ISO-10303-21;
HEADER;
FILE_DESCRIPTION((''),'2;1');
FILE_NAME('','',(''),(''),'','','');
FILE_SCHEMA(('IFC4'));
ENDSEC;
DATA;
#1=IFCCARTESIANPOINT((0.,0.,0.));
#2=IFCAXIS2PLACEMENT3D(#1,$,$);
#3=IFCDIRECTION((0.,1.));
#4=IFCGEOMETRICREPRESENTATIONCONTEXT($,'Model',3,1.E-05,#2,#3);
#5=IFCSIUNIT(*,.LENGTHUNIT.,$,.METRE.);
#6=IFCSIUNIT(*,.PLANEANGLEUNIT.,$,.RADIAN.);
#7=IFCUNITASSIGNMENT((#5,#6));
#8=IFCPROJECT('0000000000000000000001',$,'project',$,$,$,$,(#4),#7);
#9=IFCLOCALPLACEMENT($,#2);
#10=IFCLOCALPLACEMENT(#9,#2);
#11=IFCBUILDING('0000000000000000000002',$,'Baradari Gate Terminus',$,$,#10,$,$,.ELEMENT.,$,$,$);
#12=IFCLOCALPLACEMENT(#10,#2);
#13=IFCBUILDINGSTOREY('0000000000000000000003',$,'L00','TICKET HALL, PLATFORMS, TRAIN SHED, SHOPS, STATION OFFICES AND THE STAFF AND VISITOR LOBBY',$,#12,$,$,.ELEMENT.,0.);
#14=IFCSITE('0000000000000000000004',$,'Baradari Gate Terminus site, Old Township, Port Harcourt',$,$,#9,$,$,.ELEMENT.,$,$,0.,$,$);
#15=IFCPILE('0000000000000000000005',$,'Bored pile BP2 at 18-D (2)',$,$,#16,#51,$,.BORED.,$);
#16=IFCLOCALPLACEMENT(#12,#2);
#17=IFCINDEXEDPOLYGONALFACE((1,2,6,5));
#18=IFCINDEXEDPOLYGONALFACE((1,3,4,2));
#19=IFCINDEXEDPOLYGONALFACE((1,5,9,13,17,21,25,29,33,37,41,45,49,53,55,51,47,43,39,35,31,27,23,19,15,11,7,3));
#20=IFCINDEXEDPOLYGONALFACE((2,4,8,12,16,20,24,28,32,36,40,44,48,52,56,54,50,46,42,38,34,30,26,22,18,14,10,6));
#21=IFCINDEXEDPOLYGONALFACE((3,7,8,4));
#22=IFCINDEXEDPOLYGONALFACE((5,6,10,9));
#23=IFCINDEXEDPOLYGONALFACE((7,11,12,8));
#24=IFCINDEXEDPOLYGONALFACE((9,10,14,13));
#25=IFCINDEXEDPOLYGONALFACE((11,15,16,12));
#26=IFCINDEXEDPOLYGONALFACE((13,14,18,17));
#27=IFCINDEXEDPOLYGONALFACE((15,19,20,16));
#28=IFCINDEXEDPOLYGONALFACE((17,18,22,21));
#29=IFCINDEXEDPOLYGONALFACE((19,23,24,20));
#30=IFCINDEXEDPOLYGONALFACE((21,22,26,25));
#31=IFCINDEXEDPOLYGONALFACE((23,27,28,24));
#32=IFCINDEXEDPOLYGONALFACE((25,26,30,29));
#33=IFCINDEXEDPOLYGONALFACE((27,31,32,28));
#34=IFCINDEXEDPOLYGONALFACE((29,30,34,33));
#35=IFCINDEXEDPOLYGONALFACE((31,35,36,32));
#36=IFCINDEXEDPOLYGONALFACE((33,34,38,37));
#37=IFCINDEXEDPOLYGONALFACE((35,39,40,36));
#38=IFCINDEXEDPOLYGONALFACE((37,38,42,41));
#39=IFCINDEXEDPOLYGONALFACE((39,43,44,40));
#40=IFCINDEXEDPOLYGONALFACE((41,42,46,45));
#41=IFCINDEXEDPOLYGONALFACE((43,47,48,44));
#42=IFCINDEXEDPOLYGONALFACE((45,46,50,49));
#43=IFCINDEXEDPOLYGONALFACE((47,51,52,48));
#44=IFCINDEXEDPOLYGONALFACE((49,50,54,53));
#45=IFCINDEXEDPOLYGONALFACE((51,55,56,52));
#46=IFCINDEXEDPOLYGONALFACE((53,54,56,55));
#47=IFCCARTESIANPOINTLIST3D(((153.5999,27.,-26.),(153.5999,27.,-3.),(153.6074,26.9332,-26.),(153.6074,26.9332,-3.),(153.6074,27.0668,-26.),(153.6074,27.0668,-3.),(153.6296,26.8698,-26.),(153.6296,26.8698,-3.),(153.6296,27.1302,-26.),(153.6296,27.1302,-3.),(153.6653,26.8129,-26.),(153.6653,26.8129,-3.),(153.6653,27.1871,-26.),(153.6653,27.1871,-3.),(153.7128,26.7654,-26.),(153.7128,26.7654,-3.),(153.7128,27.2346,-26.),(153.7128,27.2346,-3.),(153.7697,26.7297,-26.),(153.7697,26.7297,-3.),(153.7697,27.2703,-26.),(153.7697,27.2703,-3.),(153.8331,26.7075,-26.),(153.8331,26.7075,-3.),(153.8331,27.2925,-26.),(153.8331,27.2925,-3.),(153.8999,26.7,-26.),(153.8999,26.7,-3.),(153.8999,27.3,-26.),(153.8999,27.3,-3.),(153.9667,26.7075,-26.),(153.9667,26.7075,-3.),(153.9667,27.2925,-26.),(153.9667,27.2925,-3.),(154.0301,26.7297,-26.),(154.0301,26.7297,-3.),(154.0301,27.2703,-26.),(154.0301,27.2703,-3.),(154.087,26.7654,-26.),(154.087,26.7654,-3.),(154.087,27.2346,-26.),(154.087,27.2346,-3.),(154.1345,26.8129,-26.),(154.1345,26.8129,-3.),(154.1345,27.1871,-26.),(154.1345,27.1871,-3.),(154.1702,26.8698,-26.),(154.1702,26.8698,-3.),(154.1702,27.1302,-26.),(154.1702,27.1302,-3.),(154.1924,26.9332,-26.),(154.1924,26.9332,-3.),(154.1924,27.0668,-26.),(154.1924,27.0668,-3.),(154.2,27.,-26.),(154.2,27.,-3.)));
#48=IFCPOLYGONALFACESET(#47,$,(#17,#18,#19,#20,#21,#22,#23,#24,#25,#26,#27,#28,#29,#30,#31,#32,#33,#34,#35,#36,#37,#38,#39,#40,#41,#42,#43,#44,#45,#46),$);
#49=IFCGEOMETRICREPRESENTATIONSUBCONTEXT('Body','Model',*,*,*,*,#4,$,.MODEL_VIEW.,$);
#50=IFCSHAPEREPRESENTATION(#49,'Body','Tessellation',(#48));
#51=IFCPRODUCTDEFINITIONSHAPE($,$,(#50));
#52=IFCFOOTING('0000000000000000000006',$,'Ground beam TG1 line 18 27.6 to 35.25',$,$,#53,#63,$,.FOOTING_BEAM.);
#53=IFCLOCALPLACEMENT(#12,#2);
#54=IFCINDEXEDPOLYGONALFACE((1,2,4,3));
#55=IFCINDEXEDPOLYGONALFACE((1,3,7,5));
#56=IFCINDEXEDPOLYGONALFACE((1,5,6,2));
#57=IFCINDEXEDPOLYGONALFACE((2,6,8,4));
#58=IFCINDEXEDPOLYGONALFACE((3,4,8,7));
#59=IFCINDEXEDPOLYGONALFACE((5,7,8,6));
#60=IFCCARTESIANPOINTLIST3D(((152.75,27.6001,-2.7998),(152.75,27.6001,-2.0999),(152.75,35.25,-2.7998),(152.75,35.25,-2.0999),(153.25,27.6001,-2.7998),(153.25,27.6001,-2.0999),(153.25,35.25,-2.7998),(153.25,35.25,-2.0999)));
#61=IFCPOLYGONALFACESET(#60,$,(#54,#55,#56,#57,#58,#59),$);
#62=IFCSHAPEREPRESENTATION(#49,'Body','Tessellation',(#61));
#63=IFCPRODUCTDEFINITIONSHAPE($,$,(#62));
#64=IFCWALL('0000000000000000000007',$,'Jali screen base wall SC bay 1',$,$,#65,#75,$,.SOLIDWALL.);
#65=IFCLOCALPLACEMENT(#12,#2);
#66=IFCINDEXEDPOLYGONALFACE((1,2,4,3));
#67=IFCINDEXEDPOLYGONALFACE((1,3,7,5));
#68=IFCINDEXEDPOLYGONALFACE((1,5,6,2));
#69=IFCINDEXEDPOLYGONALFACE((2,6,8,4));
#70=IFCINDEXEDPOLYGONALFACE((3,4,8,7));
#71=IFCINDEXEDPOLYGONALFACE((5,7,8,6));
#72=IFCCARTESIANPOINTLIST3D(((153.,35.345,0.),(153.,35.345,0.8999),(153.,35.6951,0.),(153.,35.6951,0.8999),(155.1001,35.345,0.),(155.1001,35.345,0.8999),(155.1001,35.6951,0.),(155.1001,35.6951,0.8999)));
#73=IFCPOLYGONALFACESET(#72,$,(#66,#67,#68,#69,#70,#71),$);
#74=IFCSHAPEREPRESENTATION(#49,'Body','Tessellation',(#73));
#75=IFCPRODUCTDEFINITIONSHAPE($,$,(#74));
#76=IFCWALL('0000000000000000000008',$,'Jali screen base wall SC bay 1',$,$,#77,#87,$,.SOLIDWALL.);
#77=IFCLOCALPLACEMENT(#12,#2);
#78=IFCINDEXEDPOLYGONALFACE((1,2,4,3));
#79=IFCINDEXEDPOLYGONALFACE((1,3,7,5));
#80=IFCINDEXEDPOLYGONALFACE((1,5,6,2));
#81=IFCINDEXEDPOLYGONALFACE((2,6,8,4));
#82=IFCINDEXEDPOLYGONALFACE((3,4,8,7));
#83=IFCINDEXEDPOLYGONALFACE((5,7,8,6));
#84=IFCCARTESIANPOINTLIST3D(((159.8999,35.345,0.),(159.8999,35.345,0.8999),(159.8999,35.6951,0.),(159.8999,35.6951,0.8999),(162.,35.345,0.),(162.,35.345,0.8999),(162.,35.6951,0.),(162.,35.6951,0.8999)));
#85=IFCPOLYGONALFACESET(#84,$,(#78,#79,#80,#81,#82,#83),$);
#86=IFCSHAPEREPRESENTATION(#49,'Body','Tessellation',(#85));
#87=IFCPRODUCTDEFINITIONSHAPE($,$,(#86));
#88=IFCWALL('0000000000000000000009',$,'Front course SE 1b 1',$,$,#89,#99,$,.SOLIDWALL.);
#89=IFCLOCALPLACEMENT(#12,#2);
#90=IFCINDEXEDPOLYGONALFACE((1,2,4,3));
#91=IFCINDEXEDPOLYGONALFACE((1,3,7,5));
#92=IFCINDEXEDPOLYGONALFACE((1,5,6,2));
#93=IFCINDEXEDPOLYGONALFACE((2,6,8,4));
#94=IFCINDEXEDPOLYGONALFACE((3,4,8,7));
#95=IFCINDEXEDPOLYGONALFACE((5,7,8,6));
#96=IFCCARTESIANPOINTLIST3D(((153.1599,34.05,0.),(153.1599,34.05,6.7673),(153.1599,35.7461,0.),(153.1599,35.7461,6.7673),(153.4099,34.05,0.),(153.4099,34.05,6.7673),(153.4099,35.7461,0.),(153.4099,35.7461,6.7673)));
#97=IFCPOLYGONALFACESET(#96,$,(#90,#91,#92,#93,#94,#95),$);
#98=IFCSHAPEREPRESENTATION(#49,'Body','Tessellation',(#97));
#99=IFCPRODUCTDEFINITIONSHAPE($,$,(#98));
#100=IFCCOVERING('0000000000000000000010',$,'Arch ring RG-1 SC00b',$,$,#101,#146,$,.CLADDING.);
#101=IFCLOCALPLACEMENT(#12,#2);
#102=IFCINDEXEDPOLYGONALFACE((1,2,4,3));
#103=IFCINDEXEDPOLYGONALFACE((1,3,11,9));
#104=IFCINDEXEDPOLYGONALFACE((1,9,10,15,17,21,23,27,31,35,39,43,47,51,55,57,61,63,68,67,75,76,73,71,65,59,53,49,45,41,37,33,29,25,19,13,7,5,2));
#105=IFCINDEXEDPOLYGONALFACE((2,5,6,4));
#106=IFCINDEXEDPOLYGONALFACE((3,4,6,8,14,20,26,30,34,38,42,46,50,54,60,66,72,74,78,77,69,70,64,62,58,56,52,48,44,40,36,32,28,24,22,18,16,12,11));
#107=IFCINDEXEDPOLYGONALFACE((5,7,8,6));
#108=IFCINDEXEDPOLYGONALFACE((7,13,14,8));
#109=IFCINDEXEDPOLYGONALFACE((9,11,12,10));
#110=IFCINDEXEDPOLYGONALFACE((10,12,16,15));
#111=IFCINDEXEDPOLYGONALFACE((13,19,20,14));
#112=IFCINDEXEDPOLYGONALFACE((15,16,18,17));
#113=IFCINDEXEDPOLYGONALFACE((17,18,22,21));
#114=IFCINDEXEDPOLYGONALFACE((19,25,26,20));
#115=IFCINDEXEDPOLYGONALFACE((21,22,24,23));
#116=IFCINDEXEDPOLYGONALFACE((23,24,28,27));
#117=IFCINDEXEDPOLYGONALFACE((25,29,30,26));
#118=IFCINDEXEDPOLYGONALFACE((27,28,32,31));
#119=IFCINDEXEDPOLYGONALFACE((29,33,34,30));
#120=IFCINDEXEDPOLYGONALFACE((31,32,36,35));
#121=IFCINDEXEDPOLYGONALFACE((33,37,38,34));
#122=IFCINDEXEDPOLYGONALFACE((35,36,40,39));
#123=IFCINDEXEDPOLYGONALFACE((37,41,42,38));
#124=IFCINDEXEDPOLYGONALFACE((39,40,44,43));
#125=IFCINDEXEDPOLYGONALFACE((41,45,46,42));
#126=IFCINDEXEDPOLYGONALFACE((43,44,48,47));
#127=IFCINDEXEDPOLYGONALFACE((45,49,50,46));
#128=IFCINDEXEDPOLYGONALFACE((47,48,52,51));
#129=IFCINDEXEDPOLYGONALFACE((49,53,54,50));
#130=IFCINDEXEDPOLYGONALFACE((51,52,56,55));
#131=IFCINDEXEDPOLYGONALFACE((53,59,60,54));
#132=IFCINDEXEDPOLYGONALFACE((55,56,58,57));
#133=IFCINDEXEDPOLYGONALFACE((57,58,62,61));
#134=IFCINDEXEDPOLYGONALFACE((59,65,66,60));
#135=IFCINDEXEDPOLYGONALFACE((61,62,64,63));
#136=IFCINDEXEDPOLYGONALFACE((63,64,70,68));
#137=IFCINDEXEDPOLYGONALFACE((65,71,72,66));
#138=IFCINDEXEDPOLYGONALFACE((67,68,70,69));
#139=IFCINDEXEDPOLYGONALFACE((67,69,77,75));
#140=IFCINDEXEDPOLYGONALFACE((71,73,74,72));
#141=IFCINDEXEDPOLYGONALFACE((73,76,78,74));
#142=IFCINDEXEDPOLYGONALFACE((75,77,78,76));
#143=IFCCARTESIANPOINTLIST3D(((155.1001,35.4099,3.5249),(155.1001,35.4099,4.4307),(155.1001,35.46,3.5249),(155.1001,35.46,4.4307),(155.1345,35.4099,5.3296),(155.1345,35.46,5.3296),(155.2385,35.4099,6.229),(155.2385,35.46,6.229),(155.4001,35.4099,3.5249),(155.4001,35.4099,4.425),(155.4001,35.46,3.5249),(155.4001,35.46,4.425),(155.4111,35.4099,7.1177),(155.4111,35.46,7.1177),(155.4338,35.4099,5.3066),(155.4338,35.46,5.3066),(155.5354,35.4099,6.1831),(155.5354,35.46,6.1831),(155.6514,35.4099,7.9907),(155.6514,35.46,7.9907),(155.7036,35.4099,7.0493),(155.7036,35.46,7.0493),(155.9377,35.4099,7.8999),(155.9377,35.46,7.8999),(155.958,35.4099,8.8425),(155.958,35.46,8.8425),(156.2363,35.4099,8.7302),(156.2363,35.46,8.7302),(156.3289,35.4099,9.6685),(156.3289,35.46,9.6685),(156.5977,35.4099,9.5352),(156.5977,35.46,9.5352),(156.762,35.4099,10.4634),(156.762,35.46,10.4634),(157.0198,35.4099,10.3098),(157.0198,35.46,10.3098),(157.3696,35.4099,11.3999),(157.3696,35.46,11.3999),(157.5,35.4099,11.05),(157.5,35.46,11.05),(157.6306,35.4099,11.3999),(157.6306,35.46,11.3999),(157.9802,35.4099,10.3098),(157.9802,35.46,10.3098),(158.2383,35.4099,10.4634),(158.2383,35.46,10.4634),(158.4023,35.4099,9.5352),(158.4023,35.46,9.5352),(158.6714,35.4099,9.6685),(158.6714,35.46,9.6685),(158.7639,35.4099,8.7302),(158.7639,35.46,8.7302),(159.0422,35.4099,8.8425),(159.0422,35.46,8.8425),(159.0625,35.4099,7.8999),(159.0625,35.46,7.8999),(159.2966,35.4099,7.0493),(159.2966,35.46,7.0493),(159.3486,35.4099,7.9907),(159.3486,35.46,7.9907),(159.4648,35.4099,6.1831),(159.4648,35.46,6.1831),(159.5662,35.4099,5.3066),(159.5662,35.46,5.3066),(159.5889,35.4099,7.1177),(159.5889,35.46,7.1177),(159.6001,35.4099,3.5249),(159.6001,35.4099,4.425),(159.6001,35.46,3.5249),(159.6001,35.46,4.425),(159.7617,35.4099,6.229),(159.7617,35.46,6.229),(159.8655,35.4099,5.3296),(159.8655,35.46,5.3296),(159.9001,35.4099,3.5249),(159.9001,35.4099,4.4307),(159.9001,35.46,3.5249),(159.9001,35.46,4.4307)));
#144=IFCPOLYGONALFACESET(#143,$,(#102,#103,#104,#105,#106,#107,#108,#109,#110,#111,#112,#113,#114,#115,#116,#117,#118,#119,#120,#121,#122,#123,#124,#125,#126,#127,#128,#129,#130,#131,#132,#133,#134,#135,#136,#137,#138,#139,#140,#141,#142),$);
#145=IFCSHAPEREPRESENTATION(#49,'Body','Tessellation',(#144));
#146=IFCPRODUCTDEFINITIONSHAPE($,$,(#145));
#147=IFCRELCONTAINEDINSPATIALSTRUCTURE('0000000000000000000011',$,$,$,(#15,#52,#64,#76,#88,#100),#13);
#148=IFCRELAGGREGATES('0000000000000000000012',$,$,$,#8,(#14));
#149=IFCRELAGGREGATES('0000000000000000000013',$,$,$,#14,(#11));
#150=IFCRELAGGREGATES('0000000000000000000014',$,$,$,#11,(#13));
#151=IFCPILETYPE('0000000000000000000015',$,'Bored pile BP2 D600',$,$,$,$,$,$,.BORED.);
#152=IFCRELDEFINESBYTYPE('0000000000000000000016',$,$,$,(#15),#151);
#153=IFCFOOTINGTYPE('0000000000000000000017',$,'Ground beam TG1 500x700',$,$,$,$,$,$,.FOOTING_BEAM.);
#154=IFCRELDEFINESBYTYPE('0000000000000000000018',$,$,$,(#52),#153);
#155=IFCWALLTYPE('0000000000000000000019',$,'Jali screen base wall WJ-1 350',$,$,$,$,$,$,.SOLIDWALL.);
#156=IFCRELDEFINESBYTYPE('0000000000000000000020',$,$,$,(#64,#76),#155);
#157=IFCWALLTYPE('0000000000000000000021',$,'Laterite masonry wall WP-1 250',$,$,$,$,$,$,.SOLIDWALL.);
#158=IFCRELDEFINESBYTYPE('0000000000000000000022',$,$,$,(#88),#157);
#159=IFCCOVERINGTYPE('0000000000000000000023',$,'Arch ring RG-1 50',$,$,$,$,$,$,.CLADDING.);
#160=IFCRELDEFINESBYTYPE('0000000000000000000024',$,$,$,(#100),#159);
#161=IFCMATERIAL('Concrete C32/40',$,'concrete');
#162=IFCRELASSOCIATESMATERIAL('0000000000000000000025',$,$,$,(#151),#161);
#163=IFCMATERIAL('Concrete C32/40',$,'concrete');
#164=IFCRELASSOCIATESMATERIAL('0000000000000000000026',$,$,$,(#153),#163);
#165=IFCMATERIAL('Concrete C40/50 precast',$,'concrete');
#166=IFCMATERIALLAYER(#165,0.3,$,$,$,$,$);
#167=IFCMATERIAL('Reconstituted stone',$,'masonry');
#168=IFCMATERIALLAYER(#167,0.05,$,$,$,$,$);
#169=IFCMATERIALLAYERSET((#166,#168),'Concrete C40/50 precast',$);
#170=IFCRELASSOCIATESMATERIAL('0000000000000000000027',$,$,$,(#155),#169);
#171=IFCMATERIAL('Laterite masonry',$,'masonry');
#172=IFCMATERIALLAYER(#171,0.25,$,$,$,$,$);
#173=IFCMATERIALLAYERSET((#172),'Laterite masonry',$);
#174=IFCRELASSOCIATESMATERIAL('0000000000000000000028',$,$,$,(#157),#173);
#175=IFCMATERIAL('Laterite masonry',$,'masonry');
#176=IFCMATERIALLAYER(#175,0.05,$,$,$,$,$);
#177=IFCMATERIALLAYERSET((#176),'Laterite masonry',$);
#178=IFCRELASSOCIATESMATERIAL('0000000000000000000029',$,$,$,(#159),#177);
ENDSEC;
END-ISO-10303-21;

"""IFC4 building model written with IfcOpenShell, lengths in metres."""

from ifc_helpers import new_model, si_unit, direction, frame, frame_2d, origin, origin_2d, place, context, subcontext, project, spatial, polyline, rectangle, circle, outline, extrude, material, layer, layer_set, type_object, element, save


model = new_model("IFC4")

# Units and contexts
model_context = context("Model", 3, precision=1e-05, world=origin(), true_north=direction((0.0, 1.0)))
body_context = subcontext(model_context, "Body", "Model", "MODEL_VIEW")
ifc_project = project(units=[si_unit("LENGTHUNIT", "METRE"), si_unit("PLANEANGLEUNIT", "RADIAN")], contexts=[model_context])

# Site, building, storey
site_placement = place(None, origin())
site = spatial("IfcSite", under=ifc_project, at=site_placement, Name="Baradari Gate Terminus site, Old Township, Port Harcourt", CompositionType="ELEMENT", RefElevation=0.0)
building_placement = place(site_placement, origin())
building = spatial("IfcBuilding", under=site, at=building_placement, Name="Baradari Gate Terminus", CompositionType="ELEMENT")
storey_placement = place(building_placement, origin())
storey = spatial("IfcBuildingStorey", under=building, at=storey_placement, Name="L00", Description="TICKET HALL, PLATFORMS, TRAIN SHED, SHOPS, STATION OFFICES AND THE STAFF AND VISITOR LOBBY", CompositionType="ELEMENT", Elevation=0.0)

# Pile
ifc_material_1 = material(Name="Concrete C32/40", Category="concrete")
pile_type = type_object("IfcPileType", Name="Bored pile BP2 D600", PredefinedType="BORED", material=ifc_material_1)
pile_placement = place(storey_placement, frame((153.8999, 27.0, -3.0), z_axis=(0.0, 0.0, -1.0), x_axis=(1.0, 0.0, 0.0)))
element("IfcPile", 1, at=pile_placement, inside=storey, type_object=pile_type, Name="Bored pile BP2 at 18-D (2)", PredefinedType="BORED", context=body_context, shape_type="SweptSolid", body=[
    extrude(circle(Radius=0.3, at=origin_2d()), origin(), (0.0, 0.0, 1.0), 23.0),
])

# Footing
ifc_material_2 = material(Name="Concrete C32/40", Category="concrete")
footing_type = type_object("IfcFootingType", Name="Ground beam TG1 500x700", PredefinedType="FOOTING_BEAM", material=ifc_material_2)
footing_placement = place(storey_placement, frame((153.0, 31.425, -2.7998), z_axis=(0.0, 0.0, 1.0), x_axis=(1.0, 0.0, 0.0)))
element("IfcFooting", 2, at=footing_placement, inside=storey, type_object=footing_type, Name="Ground beam TG1 line 18 27.6 to 35.25", PredefinedType="FOOTING_BEAM", context=body_context, shape_type="SweptSolid", body=[
    extrude(rectangle(XDim=0.5, YDim=7.6499, at=origin_2d()), origin(), (0.0, 0.0, 1.0), 0.7),
])

# Walls
ifc_material_3 = material(Name="Concrete C40/50 precast", Category="concrete")
ifc_layer_1 = layer(ifc_material_3, 0.3)
ifc_material_4 = material(Name="Reconstituted stone", Category="masonry")
ifc_layer_2 = layer(ifc_material_4, 0.05)
ifc_layer_set_1 = layer_set([ifc_layer_1, ifc_layer_2], Name="Concrete C40/50 precast")
wall_type_1 = type_object("IfcWallType", Name="Jali screen base wall WJ-1 350", PredefinedType="SOLIDWALL", material=ifc_layer_set_1)
for number, where, z_axis, x_axis, name in (
    (3, (153.0, 35.52, 0.0), (0.0, 0.0, 1.0), (1.0, 0.0, 0.0), "Jali screen base wall SC bay 1"),
    (4, (159.8999, 35.52, 0.0), (0.0, 0.0, 1.0), (1.0, 0.0, 0.0), "Jali screen base wall SC bay 1"),
):
    element("IfcWall", number, at=place(storey_placement, frame(where, z_axis=z_axis, x_axis=x_axis)), inside=storey, type_object=wall_type_1, Name=name, PredefinedType="SOLIDWALL", context=body_context, shape_type="SweptSolid", body=[
        extrude(rectangle(XDim=2.1001, YDim=0.3501, at=frame_2d((1.05, 0.0))), origin(), (0.0, 0.0, 1.0), 0.8999),
    ])
ifc_material_5 = material(Name="Laterite masonry", Category="masonry")
ifc_layer_3 = layer(ifc_material_5, 0.25)
ifc_layer_set_2 = layer_set([ifc_layer_3], Name="Laterite masonry")
wall_type_2 = type_object("IfcWallType", Name="Laterite masonry wall WP-1 250", PredefinedType="SOLIDWALL", material=ifc_layer_set_2)
wall_1_placement = place(storey_placement, frame((153.2849, 34.05, 0.0), z_axis=(0.0, 0.0, 1.0), x_axis=(0.0, 1.0, 0.0)))
element("IfcWall", 5, at=wall_1_placement, inside=storey, type_object=wall_type_2, Name="Front course SE 1b 1", PredefinedType="SOLIDWALL", context=body_context, shape_type="SweptSolid", body=[
    extrude(outline(polyline([(0.0, 0.0), (1.696, 0.0), (1.696, 6.7673), (0.0, 6.7673), (0.0, 0.0)])), frame((0.0, 0.125, 0.0), z_axis=(0.0, -1.0, 0.0), x_axis=(1.0, 0.0, 0.0)), (0.0, 0.0, 1.0), 0.25),
])

# Covering
ifc_material_6 = material(Name="Laterite masonry", Category="masonry")
ifc_layer_4 = layer(ifc_material_6, 0.05)
ifc_layer_set_3 = layer_set([ifc_layer_4], Name="Laterite masonry")
covering_type = type_object("IfcCoveringType", Name="Arch ring RG-1 50", PredefinedType="CLADDING", material=ifc_layer_set_3)
covering_placement = place(storey_placement, frame((155.1001, 35.4351, 3.5249), z_axis=(0.0, 0.0, 1.0), x_axis=(1.0, 0.0, 0.0)))
element("IfcCovering", 6, at=covering_placement, inside=storey, type_object=covering_type, Name="Arch ring RG-1 SC00b", PredefinedType="CLADDING", context=body_context, shape_type="SweptSolid", body=[
    extrude(outline(polyline([(0.0344, 1.8047), (0.0, 0.9058), (0.0, 0.0), (0.3, 0.0), (0.3, 0.9001), (0.3337, 1.7817), (0.4353, 2.6582), (0.6035, 3.5244), (0.8376, 4.375), (1.1362, 5.2053), (1.4976, 6.0103), (1.9197, 6.7849), (2.3999, 7.5251), (2.8801, 6.7849), (3.3022, 6.0103), (3.6638, 5.2053), (3.9624, 4.375), (4.1965, 3.5244), (4.3647, 2.6582), (4.4661, 1.7817), (4.5, 0.9001), (4.5, 0.0), (4.8, 0.0), (4.8, 0.9058), (4.7654, 1.8047), (4.6616, 2.7041), (4.4888, 3.5928), (4.2485, 4.4658), (3.9421, 5.3176), (3.5713, 6.1436), (3.1382, 6.9385), (2.5305, 7.875), (2.2695, 7.875), (1.6619, 6.9385), (1.2288, 6.1436), (0.8579, 5.3176), (0.5513, 4.4658), (0.311, 3.5928), (0.1384, 2.7041), (0.0344, 1.8047)])), frame((0.0, 0.0249, 0.0), z_axis=(0.0, -1.0, 0.0), x_axis=(1.0, 0.0, 0.0)), (0.0, 0.0, 1.0), 0.05),
])

save(model, "model.ifc")
